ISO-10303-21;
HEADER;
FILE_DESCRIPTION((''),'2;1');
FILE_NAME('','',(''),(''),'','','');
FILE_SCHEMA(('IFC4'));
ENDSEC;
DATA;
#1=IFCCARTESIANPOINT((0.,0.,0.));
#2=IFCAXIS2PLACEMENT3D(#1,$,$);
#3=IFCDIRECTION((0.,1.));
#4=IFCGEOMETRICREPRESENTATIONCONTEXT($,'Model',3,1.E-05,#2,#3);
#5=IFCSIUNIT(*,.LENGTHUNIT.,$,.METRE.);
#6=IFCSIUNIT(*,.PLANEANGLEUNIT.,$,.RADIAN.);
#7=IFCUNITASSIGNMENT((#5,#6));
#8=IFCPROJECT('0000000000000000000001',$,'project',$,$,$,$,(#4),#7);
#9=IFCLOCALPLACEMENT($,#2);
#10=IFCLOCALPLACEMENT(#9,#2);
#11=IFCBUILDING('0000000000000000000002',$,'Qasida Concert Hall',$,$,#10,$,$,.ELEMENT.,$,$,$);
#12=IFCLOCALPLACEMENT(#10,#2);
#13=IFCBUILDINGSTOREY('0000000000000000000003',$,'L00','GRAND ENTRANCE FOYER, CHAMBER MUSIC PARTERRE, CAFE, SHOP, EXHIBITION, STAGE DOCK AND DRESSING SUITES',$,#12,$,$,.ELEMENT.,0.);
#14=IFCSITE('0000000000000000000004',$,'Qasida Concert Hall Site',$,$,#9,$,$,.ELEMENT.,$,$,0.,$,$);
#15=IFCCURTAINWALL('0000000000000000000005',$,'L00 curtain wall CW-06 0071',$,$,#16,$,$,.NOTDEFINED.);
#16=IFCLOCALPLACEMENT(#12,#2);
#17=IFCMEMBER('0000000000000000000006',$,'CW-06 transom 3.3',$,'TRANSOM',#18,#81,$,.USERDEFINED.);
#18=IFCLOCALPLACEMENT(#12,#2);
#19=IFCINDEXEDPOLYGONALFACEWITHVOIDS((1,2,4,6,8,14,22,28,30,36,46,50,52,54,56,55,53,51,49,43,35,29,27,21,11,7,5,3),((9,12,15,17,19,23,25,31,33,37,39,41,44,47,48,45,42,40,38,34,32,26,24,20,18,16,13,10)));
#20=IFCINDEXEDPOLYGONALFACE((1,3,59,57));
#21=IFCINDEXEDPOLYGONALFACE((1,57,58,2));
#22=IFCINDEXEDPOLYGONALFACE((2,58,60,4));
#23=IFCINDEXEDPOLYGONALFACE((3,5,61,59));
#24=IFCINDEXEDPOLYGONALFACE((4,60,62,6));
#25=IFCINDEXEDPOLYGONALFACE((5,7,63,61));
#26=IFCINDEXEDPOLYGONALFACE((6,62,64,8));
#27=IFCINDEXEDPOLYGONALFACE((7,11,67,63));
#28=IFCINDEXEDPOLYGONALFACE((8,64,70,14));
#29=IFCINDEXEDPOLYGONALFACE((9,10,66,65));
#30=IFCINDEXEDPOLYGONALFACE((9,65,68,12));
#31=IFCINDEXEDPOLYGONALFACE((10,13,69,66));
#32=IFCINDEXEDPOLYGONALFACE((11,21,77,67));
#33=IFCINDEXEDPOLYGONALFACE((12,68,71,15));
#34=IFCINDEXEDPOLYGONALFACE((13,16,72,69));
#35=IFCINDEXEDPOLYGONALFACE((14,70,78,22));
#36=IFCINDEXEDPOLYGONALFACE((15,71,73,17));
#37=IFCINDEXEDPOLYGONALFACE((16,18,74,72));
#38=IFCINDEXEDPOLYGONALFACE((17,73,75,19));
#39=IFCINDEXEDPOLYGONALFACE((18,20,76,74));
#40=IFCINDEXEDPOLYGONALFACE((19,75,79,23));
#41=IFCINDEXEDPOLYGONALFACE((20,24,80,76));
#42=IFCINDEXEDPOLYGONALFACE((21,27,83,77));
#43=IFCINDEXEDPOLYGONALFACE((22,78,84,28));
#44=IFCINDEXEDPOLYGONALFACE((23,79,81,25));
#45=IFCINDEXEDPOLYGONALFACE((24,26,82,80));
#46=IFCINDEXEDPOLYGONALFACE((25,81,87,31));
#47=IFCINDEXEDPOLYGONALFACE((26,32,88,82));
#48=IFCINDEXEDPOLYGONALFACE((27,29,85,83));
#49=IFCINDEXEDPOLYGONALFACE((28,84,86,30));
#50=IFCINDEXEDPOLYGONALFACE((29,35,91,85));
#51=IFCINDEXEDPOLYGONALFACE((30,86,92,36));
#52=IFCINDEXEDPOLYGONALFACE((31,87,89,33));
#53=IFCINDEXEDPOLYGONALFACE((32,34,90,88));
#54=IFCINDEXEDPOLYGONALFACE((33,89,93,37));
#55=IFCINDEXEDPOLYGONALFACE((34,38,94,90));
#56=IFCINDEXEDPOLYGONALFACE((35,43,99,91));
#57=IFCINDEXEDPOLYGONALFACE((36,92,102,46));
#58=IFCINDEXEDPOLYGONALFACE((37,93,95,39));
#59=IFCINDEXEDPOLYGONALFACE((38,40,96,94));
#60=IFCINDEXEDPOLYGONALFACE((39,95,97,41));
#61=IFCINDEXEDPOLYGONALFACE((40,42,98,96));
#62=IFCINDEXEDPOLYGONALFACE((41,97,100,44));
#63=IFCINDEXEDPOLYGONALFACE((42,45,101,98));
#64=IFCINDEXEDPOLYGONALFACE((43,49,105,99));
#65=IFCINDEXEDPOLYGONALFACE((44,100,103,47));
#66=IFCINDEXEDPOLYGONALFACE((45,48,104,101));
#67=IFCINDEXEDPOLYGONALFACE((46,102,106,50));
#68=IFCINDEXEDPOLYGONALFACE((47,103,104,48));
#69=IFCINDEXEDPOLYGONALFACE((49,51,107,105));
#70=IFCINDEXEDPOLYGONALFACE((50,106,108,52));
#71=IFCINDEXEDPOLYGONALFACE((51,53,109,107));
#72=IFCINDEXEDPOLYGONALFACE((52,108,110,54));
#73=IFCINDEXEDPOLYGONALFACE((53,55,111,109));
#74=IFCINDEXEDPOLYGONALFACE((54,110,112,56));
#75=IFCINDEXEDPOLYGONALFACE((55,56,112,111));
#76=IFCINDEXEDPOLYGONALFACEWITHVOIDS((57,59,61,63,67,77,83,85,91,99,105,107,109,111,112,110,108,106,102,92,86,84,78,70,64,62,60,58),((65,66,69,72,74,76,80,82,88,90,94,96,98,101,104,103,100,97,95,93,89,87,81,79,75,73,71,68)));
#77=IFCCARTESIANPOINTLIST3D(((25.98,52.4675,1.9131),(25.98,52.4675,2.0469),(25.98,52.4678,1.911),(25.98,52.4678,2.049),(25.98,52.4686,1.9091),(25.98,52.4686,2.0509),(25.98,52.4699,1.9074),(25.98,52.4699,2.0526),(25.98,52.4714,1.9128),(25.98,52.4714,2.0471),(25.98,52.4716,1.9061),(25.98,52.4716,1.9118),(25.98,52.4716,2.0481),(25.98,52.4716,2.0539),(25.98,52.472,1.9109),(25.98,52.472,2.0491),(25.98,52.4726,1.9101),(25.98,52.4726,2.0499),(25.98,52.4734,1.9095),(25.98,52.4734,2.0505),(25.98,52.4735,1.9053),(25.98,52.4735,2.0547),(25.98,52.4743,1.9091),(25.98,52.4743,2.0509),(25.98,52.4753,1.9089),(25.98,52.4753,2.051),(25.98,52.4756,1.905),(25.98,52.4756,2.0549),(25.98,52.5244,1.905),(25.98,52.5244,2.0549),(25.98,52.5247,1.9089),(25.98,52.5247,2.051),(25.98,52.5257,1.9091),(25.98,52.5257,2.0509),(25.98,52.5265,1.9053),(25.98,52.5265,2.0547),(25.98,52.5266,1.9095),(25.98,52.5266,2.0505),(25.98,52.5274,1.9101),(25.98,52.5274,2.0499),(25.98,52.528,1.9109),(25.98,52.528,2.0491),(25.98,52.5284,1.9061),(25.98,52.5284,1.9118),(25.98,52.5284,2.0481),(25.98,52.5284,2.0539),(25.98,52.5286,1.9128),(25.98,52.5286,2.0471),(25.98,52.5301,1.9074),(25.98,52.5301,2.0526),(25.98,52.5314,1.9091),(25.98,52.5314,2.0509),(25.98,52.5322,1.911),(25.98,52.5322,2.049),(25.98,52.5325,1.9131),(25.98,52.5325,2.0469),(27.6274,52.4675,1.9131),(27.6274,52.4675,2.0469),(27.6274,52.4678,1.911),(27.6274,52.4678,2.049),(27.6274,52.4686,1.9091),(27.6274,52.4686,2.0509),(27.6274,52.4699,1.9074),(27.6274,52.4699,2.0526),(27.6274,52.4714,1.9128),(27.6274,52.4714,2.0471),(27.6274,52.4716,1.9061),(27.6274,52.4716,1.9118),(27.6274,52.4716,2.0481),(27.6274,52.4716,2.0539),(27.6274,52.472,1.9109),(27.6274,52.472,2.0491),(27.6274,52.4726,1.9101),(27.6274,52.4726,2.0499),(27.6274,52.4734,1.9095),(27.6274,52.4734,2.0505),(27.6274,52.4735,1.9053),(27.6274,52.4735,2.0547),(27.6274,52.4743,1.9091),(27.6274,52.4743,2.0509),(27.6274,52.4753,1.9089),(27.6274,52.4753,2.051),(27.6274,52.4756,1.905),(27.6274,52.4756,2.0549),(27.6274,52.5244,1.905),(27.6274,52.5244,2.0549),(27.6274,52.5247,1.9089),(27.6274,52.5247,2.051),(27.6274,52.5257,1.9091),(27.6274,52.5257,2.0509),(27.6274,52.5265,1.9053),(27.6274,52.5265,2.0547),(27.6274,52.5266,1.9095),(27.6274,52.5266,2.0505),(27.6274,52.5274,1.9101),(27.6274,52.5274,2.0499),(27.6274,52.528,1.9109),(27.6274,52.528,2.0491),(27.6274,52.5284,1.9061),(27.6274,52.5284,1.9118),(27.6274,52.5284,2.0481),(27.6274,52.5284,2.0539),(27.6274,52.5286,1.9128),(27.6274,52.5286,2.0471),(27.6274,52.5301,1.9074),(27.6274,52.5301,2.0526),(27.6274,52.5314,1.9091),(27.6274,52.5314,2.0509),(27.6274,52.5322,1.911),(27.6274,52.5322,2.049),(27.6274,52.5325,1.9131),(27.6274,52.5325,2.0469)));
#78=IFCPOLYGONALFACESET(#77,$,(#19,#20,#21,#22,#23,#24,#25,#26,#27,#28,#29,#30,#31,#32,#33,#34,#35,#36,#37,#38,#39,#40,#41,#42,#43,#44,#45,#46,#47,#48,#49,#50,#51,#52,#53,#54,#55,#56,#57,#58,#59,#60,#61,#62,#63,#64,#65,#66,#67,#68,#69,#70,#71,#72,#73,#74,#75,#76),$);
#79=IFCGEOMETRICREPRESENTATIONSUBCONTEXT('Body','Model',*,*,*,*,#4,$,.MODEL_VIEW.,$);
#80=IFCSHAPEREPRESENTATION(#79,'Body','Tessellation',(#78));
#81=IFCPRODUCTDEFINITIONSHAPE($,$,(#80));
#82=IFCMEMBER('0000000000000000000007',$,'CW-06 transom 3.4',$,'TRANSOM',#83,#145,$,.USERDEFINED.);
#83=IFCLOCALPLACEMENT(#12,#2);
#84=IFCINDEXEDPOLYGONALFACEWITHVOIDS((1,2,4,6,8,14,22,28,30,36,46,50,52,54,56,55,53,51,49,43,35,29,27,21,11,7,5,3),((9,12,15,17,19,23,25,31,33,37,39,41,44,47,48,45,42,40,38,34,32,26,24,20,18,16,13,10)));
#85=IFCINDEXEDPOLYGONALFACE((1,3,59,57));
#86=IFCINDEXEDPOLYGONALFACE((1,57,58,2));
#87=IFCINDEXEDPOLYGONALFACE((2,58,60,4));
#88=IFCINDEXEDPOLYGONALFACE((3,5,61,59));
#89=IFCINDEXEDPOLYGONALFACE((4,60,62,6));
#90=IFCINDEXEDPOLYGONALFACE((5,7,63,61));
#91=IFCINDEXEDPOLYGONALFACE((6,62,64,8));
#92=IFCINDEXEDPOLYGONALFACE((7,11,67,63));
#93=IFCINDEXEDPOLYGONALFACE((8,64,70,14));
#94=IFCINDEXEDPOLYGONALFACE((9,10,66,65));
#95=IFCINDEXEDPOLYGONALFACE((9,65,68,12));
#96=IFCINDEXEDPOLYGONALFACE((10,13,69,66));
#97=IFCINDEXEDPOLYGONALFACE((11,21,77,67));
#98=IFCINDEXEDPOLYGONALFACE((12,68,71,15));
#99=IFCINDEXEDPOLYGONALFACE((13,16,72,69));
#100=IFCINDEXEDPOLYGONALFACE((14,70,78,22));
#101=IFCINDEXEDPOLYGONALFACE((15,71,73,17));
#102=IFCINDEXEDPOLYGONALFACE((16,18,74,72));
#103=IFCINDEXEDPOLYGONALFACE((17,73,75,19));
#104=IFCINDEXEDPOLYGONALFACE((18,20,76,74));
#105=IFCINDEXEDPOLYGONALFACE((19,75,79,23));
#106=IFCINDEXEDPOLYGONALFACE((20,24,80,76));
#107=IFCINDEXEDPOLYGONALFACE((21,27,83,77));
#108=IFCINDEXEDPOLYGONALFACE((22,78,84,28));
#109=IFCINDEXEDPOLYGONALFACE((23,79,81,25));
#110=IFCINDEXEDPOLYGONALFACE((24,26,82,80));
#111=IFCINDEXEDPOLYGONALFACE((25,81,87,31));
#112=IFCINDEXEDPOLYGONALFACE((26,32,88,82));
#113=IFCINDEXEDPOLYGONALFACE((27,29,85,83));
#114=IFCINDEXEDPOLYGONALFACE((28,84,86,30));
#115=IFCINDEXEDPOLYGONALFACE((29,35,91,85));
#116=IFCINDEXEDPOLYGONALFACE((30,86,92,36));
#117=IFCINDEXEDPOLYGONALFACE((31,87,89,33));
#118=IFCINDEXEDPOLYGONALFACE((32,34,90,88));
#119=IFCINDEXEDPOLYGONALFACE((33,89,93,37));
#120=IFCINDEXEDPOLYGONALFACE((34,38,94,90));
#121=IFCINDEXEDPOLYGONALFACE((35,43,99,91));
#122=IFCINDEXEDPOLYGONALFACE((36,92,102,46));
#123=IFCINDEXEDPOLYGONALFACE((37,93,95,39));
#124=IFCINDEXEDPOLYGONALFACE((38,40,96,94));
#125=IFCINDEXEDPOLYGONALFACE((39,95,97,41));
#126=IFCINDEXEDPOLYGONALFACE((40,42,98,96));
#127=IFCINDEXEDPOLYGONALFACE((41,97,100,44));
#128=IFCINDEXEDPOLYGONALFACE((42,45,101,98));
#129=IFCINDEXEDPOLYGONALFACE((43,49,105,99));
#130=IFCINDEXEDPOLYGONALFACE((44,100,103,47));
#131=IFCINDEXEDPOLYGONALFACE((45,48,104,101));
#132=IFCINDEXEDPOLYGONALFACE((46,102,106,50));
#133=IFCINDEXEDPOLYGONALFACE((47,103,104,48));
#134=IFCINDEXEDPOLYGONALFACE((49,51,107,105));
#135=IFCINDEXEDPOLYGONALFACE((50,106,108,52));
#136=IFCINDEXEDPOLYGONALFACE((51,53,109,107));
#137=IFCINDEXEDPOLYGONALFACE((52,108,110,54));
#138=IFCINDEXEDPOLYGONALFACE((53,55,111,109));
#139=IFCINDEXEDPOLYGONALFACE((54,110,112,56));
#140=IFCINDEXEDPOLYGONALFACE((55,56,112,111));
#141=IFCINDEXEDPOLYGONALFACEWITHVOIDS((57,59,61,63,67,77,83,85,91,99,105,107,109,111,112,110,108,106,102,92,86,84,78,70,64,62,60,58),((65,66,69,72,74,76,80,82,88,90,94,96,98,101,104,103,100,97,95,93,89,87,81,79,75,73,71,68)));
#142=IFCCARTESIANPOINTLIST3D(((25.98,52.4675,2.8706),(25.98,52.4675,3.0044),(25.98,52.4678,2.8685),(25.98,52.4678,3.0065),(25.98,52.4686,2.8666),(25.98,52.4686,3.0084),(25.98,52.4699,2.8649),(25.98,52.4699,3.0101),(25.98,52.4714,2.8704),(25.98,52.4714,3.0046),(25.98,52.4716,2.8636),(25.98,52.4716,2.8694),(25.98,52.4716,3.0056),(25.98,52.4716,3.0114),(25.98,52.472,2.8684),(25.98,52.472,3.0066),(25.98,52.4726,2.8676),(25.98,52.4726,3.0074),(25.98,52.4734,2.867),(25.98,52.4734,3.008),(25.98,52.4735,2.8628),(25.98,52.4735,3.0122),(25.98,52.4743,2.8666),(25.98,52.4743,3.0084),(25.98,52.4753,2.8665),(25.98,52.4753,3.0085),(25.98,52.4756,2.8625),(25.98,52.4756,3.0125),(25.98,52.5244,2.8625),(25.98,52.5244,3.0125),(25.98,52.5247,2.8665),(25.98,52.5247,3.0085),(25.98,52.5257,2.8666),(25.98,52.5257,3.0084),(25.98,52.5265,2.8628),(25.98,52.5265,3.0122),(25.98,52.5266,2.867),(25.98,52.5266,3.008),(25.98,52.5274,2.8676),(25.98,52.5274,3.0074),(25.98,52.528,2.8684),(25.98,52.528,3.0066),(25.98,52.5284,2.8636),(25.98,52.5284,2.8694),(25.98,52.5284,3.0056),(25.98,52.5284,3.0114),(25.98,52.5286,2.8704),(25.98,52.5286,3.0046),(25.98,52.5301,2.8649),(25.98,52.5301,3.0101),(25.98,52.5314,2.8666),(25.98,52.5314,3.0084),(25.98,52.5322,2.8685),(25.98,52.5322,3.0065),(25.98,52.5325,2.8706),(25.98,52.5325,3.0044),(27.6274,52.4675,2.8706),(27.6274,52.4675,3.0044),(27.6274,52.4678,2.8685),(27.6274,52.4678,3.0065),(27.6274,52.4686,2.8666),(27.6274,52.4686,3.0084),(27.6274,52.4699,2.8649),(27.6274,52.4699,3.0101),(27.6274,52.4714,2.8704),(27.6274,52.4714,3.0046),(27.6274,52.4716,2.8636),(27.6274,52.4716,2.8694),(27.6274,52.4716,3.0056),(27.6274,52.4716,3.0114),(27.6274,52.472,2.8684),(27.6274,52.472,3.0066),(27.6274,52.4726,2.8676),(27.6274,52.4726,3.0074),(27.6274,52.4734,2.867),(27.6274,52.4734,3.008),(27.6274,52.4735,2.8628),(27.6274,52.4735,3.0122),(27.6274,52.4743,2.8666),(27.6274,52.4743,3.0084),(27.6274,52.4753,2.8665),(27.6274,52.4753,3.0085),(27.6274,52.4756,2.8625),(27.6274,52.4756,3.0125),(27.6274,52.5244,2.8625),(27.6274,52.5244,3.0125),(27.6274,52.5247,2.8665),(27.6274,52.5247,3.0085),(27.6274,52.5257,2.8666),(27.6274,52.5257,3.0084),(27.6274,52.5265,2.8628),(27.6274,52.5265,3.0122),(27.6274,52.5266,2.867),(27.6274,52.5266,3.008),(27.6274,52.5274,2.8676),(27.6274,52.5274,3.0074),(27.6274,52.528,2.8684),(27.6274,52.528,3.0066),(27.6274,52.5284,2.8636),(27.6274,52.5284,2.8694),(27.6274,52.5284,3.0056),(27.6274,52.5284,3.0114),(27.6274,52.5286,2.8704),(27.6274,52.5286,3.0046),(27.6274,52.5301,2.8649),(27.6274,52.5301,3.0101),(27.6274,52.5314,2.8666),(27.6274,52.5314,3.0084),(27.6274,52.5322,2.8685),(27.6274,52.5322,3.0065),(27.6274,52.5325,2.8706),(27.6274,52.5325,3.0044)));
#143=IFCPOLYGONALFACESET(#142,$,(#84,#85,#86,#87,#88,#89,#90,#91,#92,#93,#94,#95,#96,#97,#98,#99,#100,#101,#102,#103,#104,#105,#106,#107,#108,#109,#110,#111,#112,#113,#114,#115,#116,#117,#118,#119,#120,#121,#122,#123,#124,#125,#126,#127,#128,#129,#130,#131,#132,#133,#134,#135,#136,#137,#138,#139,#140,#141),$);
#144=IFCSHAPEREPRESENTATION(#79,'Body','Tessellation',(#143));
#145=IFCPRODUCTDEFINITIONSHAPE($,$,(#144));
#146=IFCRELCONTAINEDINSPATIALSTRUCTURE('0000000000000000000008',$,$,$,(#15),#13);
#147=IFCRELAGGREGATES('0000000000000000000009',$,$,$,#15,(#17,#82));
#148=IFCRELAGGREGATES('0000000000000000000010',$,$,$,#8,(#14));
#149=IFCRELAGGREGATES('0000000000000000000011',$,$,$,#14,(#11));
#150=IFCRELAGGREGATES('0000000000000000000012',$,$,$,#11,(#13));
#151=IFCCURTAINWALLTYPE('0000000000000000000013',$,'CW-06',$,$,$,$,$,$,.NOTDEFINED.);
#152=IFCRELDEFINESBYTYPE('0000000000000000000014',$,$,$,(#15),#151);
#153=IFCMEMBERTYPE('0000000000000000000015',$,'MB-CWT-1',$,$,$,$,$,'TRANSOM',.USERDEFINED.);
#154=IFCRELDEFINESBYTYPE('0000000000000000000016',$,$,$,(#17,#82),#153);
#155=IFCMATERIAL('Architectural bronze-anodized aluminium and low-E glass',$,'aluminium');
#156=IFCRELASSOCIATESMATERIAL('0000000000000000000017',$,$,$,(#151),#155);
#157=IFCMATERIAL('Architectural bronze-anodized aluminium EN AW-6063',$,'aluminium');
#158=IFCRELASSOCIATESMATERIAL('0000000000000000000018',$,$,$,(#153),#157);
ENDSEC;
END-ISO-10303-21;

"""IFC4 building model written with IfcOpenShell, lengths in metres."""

from ifc_helpers import new_model, si_unit, direction, frame, origin, origin_2d, place, context, subcontext, project, spatial, hollow_rectangle, extrude, material, material_profile, profile_set, type_object, element, aggregate, save


model = new_model("IFC4")

# Units and contexts
model_context = context("Model", 3, precision=1e-05, world=origin(), true_north=direction((0.0, 1.0)))
body_context = subcontext(model_context, "Body", "Model", "MODEL_VIEW")
ifc_project = project(units=[si_unit("LENGTHUNIT", "METRE"), si_unit("PLANEANGLEUNIT", "RADIAN")], contexts=[model_context])

# Site, building, storey
site_placement = place(None, origin())
site = spatial("IfcSite", under=ifc_project, at=site_placement, Name="Qasida Concert Hall Site", CompositionType="ELEMENT", RefElevation=0.0)
building_placement = place(site_placement, origin())
building = spatial("IfcBuilding", under=site, at=building_placement, Name="Qasida Concert Hall", CompositionType="ELEMENT")
storey_placement = place(building_placement, origin())
storey = spatial("IfcBuildingStorey", under=building, at=storey_placement, Name="L00", Description="GRAND ENTRANCE FOYER, CHAMBER MUSIC PARTERRE, CAFE, SHOP, EXHIBITION, STAGE DOCK AND DRESSING SUITES", CompositionType="ELEMENT", Elevation=0.0)

# Curtain wall
ifc_material_1 = material(Name="Architectural bronze-anodized aluminium and low-E glass", Category="aluminium")
curtain_wall_type = type_object("IfcCurtainWallType", Name="CW-06", PredefinedType="NOTDEFINED", material=ifc_material_1)
curtain_wall_1_placement = place(storey_placement, origin())
curtain_wall_1 = element("IfcCurtainWall", 1, at=curtain_wall_1_placement, inside=storey, type_object=curtain_wall_type, Name="L00 curtain wall CW-06 0071", PredefinedType="NOTDEFINED")
ifc_material_2 = material(Name="Architectural bronze-anodized aluminium EN AW-6063", Category="aluminium")

# Members
ifc_material_profile_1 = material_profile(ifc_material_2, hollow_rectangle(XDim=0.0649, YDim=0.1499, WallThickness=0.0039, InnerFilletRadius=0.0039, OuterFilletRadius=0.0081, at=origin_2d()), Name="CWT 150x65x4")
ifc_profile_set_1 = profile_set([ifc_material_profile_1], Name="Architectural bronze-anodized aluminium EN AW-6063")
member_type_1 = type_object("IfcMemberType", Name="MB-CWT-1", ElementType="TRANSOM", PredefinedType="USERDEFINED", material=ifc_profile_set_1)
member_1_placement = place(storey_placement, frame((25.98, 52.5, 1.98), z_axis=(1.0, 0.0, 0.0), x_axis=(0.0, 1.0, 0.0)))
member_1 = element("IfcMember", 2, at=member_1_placement, type_object=member_type_1, Name="CW-06 transom 3.3", ObjectType="TRANSOM", PredefinedType="USERDEFINED", context=body_context, shape_type="SweptSolid", body=[
    extrude(hollow_rectangle(XDim=0.0649, YDim=0.1499, WallThickness=0.0039, InnerFilletRadius=0.0039, OuterFilletRadius=0.0081, at=origin_2d()), origin(), (0.0, 0.0, 1.0), 1.6475),
])
member_2_placement = place(storey_placement, frame((25.98, 52.5, 2.9375), z_axis=(1.0, 0.0, 0.0), x_axis=(0.0, 1.0, 0.0)))
member_2 = element("IfcMember", 3, at=member_2_placement, type_object=member_type_1, Name="CW-06 transom 3.4", ObjectType="TRANSOM", PredefinedType="USERDEFINED", context=body_context, shape_type="SweptSolid", body=[
    extrude(hollow_rectangle(XDim=0.0649, YDim=0.1499, WallThickness=0.0039, InnerFilletRadius=0.0039, OuterFilletRadius=0.0081, at=origin_2d()), origin(), (0.0, 0.0, 1.0), 1.6475),
])

aggregate(curtain_wall_1, [member_1, member_2])

save(model, "model.ifc")
